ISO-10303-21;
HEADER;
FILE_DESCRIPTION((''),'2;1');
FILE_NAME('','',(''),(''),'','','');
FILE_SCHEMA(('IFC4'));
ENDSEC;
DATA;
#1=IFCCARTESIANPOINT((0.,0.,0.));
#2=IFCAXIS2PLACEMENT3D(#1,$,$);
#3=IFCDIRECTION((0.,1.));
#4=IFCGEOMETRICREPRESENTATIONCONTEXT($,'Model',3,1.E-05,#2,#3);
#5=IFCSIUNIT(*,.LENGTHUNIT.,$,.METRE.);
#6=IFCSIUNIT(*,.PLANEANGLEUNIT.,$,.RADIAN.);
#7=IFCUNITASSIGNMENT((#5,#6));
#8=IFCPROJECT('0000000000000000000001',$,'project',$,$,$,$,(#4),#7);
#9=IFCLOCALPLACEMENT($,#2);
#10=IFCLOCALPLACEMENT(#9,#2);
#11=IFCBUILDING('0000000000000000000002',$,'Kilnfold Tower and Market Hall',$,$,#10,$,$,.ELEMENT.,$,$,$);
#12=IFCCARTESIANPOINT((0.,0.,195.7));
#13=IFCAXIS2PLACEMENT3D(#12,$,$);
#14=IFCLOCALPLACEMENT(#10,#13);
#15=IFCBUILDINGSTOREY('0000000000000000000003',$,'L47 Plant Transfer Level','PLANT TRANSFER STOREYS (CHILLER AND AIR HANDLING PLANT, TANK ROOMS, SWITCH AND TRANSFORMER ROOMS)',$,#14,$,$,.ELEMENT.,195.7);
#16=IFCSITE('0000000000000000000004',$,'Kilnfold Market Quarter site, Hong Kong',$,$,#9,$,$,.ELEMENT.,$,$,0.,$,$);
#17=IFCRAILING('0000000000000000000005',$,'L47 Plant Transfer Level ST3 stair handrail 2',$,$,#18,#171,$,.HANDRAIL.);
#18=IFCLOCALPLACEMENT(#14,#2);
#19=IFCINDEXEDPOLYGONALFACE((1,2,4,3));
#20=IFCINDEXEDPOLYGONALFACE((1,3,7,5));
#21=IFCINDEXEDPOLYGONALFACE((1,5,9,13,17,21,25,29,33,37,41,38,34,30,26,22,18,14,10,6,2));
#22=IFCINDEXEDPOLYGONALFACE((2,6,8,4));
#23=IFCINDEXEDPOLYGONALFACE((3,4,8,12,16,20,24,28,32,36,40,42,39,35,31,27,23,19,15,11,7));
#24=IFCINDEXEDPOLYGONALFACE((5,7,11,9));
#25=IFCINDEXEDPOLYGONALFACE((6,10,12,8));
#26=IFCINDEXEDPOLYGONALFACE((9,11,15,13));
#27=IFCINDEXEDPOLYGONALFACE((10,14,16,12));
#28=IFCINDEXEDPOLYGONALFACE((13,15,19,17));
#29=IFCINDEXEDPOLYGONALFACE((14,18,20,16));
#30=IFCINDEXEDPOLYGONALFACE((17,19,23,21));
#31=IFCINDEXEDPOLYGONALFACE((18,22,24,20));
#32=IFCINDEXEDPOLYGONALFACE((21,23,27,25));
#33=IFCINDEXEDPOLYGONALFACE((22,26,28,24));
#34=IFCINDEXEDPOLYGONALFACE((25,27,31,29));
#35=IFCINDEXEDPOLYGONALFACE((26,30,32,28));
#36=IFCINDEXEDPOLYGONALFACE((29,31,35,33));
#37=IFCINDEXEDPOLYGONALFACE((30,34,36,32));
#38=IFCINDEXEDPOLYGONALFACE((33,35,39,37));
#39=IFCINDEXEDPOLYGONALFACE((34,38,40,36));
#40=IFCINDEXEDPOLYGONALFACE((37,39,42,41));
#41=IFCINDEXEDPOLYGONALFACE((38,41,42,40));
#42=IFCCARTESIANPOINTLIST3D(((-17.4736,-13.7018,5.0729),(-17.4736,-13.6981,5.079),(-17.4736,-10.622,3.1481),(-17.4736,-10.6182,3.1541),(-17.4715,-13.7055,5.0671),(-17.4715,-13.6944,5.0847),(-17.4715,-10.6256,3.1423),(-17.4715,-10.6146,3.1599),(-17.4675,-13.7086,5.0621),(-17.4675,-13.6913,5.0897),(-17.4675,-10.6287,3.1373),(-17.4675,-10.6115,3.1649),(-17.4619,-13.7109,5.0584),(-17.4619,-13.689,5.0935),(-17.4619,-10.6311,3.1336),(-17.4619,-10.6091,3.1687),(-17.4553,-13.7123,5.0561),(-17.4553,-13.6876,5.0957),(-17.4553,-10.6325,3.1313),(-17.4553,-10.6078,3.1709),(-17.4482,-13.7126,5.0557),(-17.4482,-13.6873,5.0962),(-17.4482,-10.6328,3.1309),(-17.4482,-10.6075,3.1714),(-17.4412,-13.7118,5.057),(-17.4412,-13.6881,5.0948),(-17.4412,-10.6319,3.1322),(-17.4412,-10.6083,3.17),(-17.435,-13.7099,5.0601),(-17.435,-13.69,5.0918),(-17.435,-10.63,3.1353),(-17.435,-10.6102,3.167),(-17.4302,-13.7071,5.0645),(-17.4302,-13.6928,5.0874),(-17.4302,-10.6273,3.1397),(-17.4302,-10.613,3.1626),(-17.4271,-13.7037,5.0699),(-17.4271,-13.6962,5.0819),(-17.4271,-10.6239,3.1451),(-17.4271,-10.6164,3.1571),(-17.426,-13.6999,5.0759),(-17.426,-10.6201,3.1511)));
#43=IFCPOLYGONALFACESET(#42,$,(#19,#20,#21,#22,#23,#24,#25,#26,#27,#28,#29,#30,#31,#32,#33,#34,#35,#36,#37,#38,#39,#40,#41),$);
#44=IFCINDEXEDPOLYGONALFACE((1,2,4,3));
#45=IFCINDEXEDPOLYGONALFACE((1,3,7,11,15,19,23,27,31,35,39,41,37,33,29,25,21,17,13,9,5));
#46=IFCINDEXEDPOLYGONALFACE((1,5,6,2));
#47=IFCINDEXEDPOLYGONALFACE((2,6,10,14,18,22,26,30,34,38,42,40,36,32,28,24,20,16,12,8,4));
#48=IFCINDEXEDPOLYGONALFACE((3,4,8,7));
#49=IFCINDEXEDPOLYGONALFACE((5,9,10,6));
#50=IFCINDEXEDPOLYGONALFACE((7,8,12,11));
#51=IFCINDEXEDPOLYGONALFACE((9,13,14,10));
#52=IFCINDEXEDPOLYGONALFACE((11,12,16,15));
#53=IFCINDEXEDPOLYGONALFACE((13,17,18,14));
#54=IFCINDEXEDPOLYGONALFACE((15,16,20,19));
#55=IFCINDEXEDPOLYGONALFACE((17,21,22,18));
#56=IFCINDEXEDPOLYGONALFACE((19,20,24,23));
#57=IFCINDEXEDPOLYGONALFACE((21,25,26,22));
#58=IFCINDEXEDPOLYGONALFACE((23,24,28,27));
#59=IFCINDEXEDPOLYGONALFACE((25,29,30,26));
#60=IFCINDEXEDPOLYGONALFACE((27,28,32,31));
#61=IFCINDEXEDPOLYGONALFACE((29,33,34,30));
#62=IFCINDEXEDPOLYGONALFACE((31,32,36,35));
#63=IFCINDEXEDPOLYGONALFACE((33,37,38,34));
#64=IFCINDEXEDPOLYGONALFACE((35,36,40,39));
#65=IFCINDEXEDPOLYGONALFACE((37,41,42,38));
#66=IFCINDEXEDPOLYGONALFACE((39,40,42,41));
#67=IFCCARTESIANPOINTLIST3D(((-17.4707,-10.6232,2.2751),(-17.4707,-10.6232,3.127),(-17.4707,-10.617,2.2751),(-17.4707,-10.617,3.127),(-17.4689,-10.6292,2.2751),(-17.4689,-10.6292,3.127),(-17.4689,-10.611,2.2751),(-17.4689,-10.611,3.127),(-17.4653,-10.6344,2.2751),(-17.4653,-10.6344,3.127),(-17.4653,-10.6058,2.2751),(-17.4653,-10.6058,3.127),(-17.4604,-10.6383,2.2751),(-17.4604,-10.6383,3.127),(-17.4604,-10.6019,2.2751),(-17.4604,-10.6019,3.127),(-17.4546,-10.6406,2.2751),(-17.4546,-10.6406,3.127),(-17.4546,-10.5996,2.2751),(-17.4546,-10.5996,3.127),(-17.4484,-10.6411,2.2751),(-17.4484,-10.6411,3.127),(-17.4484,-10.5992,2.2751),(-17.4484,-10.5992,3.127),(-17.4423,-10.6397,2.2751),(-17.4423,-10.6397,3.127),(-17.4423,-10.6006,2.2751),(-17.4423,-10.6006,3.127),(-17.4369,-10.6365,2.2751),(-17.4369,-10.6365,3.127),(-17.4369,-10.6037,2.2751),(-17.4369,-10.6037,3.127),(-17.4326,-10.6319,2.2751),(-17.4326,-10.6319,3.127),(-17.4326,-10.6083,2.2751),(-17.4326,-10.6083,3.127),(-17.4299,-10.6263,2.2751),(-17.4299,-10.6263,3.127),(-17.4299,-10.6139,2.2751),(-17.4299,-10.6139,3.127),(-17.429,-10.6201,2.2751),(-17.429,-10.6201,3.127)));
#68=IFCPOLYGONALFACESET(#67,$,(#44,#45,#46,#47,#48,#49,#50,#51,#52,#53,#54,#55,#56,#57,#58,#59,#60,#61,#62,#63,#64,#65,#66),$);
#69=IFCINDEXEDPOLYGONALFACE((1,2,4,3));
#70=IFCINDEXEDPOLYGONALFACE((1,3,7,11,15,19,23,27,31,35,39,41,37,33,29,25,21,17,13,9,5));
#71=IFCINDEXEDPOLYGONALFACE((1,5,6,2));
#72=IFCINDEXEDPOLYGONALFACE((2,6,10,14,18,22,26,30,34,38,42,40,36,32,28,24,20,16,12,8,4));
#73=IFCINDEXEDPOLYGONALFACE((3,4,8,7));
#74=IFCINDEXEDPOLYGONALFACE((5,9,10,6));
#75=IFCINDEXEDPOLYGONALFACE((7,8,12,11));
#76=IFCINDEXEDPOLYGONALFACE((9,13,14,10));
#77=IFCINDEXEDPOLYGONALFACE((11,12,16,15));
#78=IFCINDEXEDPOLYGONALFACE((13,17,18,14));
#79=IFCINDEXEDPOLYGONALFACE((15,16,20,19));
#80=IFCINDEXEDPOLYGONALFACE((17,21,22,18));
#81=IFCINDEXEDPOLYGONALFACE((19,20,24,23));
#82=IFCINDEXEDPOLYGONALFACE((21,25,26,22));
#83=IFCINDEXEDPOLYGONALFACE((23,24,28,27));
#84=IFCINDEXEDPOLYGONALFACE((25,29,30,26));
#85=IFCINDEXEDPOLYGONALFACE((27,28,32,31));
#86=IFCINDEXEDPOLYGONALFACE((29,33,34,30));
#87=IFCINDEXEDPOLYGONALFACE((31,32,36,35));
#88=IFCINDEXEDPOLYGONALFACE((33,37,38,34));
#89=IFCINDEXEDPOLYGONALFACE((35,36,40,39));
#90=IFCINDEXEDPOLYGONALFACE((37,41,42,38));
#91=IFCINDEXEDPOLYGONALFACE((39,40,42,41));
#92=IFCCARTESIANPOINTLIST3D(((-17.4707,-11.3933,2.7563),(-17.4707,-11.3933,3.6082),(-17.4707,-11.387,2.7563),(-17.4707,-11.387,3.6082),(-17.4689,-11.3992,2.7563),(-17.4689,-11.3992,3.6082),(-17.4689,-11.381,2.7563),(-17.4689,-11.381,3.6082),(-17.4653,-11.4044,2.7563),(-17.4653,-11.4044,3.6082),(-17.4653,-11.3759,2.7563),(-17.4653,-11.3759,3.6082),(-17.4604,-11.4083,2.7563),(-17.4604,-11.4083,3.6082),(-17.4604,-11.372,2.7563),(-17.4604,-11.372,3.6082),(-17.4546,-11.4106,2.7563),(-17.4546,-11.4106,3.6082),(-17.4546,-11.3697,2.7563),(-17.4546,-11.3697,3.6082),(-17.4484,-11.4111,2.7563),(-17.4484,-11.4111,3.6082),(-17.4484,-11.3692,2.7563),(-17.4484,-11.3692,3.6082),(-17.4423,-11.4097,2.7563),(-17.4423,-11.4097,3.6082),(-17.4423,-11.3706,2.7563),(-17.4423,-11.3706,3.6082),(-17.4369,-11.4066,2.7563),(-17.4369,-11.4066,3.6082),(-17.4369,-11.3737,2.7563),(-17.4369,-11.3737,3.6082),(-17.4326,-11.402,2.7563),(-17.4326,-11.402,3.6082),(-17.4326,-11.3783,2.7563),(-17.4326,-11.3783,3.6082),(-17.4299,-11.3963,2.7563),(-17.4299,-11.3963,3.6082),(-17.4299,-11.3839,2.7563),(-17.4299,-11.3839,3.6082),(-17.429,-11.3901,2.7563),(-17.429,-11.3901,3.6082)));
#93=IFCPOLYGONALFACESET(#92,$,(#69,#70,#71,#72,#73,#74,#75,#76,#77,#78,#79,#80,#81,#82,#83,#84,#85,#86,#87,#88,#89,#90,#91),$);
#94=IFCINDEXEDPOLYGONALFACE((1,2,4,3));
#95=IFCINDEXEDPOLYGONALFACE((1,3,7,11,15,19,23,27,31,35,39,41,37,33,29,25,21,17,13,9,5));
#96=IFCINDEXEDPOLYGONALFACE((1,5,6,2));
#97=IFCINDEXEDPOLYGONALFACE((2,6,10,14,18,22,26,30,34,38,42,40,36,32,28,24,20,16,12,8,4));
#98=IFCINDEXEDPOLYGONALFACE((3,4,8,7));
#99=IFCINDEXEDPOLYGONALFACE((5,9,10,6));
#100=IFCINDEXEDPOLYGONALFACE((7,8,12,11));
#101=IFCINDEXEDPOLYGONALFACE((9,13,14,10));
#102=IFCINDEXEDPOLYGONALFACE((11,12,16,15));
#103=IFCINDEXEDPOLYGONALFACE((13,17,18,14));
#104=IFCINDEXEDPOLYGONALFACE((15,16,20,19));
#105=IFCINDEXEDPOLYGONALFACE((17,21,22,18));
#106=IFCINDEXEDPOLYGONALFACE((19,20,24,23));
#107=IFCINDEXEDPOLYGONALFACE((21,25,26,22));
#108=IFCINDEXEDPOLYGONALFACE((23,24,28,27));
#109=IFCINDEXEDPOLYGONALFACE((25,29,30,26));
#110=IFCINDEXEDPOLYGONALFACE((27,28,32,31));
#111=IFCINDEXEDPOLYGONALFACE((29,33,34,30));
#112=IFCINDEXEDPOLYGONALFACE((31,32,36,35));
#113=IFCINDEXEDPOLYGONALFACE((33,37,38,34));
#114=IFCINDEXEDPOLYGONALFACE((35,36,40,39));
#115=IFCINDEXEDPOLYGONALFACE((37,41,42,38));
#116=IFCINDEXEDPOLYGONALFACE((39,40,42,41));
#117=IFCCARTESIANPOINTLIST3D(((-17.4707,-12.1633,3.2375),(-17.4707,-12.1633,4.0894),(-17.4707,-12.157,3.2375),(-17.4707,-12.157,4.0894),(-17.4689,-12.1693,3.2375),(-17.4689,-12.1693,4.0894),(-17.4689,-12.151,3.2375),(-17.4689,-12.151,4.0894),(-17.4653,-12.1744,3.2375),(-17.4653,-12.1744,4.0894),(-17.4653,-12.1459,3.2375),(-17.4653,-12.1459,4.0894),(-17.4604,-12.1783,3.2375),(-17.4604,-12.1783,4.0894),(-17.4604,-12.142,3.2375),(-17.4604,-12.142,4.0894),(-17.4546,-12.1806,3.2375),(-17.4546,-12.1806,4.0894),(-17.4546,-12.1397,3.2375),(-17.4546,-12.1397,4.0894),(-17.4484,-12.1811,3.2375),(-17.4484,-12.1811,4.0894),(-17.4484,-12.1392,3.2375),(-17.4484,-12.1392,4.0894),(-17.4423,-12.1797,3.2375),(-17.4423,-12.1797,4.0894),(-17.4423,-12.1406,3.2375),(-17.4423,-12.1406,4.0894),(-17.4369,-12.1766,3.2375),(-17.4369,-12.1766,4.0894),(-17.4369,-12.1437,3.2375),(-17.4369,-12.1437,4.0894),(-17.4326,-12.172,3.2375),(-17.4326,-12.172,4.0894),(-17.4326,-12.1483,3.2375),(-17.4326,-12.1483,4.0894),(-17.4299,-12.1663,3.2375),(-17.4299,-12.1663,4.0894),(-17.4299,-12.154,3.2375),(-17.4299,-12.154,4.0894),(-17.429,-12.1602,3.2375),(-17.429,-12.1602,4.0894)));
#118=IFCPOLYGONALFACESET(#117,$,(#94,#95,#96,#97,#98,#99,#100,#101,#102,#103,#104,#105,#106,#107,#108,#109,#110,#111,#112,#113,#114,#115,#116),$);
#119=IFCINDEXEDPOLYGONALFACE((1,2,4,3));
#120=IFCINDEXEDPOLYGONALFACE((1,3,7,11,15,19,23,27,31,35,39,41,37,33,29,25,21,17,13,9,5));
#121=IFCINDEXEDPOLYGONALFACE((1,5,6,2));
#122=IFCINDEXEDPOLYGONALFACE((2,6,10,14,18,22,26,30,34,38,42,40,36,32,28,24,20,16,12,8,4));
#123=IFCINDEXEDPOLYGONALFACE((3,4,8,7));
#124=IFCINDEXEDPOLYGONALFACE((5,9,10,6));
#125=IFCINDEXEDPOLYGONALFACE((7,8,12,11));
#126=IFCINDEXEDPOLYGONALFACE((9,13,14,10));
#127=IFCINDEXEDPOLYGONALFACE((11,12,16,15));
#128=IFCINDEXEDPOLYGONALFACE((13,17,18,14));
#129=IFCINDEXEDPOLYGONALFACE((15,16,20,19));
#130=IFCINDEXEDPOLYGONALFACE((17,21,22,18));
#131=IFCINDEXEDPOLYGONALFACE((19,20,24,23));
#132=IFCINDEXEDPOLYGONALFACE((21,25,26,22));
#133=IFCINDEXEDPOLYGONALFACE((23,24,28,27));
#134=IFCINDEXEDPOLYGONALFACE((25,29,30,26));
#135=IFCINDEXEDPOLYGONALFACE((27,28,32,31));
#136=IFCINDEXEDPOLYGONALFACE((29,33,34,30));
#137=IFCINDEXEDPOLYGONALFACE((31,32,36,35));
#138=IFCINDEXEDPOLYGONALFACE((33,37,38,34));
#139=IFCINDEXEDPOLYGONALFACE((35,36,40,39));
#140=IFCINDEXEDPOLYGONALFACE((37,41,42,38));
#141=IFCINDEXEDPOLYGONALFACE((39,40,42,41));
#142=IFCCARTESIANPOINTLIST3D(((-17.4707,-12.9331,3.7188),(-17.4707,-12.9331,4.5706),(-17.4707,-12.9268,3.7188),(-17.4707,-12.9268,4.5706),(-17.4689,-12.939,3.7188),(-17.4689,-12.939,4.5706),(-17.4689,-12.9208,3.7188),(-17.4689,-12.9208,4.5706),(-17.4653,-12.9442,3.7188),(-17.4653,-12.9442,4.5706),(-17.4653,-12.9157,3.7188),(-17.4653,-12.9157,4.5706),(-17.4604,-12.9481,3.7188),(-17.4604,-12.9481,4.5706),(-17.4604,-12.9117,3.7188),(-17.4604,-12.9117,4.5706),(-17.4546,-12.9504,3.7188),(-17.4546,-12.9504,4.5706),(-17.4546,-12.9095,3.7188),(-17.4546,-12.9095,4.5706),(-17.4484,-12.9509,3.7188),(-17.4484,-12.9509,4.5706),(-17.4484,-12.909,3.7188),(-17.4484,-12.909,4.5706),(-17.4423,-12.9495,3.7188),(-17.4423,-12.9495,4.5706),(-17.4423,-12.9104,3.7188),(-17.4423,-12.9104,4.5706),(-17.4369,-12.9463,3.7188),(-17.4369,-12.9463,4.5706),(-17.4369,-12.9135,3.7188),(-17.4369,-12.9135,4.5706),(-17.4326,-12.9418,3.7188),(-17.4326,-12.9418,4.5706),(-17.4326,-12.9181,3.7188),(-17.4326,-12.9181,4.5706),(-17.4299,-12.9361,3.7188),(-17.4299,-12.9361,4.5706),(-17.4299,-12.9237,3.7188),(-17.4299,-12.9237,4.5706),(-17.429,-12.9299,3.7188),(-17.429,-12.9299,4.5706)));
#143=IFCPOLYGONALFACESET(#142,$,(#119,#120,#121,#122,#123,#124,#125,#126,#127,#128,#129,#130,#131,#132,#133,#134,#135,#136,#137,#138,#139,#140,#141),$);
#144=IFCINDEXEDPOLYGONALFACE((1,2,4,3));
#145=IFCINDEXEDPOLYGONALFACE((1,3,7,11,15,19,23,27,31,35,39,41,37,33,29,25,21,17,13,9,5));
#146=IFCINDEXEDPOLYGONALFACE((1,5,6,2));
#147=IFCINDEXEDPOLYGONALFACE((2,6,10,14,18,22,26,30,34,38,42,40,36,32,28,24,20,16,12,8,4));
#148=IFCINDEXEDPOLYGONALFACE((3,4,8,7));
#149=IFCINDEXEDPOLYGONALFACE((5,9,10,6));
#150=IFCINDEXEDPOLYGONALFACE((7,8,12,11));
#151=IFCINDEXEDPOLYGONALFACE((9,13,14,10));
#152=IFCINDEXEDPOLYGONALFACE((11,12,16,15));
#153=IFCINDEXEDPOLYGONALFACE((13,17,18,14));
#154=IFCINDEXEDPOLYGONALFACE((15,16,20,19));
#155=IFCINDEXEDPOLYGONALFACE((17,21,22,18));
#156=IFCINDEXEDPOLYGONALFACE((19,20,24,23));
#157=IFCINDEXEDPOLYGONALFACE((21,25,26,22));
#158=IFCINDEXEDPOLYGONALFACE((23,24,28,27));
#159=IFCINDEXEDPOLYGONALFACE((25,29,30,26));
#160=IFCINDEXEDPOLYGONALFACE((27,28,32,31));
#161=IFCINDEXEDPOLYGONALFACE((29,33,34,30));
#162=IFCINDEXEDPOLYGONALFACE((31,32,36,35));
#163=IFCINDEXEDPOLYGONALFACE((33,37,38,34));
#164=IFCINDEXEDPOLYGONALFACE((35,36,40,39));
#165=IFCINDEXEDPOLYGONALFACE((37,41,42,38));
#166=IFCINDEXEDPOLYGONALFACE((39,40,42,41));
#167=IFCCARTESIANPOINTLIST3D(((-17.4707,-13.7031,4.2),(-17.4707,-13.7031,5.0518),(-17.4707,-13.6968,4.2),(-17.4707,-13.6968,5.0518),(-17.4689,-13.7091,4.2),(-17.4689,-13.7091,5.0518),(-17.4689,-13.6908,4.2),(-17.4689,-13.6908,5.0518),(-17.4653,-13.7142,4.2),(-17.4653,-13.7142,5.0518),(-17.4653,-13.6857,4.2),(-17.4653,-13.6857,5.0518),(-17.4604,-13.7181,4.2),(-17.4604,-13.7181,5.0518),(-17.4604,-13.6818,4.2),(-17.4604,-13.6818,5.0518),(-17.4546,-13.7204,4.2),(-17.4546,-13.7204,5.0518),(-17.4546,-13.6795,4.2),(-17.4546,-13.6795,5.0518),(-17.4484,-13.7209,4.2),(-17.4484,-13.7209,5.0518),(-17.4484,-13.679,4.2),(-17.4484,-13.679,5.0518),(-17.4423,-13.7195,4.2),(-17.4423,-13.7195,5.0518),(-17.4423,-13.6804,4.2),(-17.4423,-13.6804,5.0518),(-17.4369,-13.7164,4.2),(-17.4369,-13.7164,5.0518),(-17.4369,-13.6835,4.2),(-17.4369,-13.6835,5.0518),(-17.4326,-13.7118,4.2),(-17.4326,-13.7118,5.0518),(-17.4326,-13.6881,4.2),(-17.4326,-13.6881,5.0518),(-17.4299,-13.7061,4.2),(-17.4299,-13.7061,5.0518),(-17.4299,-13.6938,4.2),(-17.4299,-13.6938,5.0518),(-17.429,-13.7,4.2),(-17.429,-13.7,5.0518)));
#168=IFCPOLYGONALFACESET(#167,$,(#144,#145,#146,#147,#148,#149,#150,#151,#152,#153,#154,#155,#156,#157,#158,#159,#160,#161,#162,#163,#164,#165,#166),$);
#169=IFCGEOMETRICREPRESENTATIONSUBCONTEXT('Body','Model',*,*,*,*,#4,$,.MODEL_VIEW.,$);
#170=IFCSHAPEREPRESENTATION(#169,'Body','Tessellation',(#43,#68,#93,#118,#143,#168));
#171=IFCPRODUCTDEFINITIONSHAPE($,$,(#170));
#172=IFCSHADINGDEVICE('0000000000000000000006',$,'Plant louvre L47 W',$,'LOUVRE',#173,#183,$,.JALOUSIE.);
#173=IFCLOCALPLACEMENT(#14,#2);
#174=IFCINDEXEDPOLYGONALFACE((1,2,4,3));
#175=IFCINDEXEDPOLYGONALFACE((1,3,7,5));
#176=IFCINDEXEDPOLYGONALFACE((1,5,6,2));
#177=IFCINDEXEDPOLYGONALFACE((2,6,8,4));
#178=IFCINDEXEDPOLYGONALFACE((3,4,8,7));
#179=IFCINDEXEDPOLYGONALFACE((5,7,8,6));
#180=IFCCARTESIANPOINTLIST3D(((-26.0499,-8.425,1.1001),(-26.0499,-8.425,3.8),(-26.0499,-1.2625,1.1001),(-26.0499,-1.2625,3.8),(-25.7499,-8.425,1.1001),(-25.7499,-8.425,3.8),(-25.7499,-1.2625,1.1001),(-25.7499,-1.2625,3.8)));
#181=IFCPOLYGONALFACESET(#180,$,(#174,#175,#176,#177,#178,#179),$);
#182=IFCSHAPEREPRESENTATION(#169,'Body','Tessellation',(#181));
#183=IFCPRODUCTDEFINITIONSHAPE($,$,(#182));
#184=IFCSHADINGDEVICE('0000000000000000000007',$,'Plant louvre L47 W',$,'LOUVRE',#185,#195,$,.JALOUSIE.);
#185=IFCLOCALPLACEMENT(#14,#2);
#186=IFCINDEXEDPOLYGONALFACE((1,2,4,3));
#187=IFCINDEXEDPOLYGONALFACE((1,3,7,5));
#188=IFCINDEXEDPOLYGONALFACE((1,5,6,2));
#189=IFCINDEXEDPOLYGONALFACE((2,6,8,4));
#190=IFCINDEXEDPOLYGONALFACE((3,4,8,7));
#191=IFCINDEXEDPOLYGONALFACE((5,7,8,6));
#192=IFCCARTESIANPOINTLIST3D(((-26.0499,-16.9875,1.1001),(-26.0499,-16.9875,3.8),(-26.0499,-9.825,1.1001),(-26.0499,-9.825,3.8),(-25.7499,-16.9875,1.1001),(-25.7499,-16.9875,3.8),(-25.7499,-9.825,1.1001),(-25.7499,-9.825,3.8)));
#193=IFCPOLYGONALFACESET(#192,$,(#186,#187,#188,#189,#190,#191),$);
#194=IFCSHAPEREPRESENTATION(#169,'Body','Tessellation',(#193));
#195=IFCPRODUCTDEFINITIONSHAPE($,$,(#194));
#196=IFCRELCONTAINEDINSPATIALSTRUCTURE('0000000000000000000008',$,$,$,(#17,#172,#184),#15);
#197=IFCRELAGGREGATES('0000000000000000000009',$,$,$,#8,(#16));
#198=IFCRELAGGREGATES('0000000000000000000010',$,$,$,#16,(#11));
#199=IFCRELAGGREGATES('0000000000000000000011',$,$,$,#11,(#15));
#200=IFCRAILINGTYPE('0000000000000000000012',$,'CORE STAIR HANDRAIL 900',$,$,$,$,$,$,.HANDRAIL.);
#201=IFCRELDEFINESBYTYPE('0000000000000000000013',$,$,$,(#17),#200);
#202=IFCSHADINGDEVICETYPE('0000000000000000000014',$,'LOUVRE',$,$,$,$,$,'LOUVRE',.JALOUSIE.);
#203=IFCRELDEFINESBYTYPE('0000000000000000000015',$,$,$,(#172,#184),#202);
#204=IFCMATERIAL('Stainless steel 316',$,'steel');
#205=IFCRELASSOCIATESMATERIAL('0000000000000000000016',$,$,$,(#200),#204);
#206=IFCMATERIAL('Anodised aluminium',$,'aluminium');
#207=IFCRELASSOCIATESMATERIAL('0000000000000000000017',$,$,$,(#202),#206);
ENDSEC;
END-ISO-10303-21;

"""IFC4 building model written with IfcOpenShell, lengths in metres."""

from ifc_helpers import new_model, si_unit, direction, frame, origin, origin_2d, place, context, subcontext, project, spatial, rectangle, circle, extrude, source, transform, mapped, material, type_object, element, save


model = new_model("IFC4")

# Units and contexts
model_context = context("Model", 3, precision=1e-05, world=origin(), true_north=direction((0.0, 1.0)))
body_context = subcontext(model_context, "Body", "Model", "MODEL_VIEW")
ifc_project = project(units=[si_unit("LENGTHUNIT", "METRE"), si_unit("PLANEANGLEUNIT", "RADIAN")], contexts=[model_context])

# Site, building, storey
site_placement = place(None, origin())
site = spatial("IfcSite", under=ifc_project, at=site_placement, Name="Kilnfold Market Quarter site, Hong Kong", CompositionType="ELEMENT", RefElevation=0.0)
building_placement = place(site_placement, origin())
building = spatial("IfcBuilding", under=site, at=building_placement, Name="Kilnfold Tower and Market Hall", CompositionType="ELEMENT")
storey_placement = place(building_placement, frame((0.0, 0.0, 195.7)))
storey = spatial("IfcBuildingStorey", under=building, at=storey_placement, Name="L47 Plant Transfer Level", Description="PLANT TRANSFER STOREYS (CHILLER AND AIR HANDLING PLANT, TANK ROOMS, SWITCH AND TRANSFORMER ROOMS)", CompositionType="ELEMENT", Elevation=195.7)

# Railing
ifc_material_1 = material(Name="Stainless steel 316", Category="steel")
railing_type = type_object("IfcRailingType", Name="CORE STAIR HANDRAIL 900", PredefinedType="HANDRAIL", material=ifc_material_1)
railing_placement = place(storey_placement, frame((-17.45, -10.6201, 2.2751)))
element("IfcRailing", 1, at=railing_placement, inside=storey, type_object=railing_type, Name="L47 Plant Transfer Level ST3 stair handrail 2", PredefinedType="HANDRAIL", context=body_context, shape_type="SweptSolid", body=[
    extrude(circle(Radius=0.0239, at=origin_2d()), frame((0.0, 0.0, 0.876), z_axis=(0.0, -0.84801, 0.529981), x_axis=(1.0, 0.0, 0.0)), (0.0, 0.0, 1.0), 3.6318),
    extrude(circle(Radius=0.021, at=origin_2d()), origin(), (0.0, 0.0, 1.0), 0.8518),
    extrude(circle(Radius=0.021, at=origin_2d()), frame((0.0, -0.77, 0.4812)), (0.0, 0.0, 1.0), 0.8518),
    extrude(circle(Radius=0.021, at=origin_2d()), frame((0.0, -1.54, 0.9624)), (0.0, 0.0, 1.0), 0.8518),
    extrude(circle(Radius=0.021, at=origin_2d()), frame((0.0, -2.3098, 1.4436)), (0.0, 0.0, 1.0), 0.8518),
    extrude(circle(Radius=0.021, at=origin_2d()), frame((0.0, -3.0798, 1.9248)), (0.0, 0.0, 1.0), 0.8518),
])

# Shading devices
ifc_material_2 = material(Name="Anodised aluminium", Category="aluminium")
shading_device_type = type_object("IfcShadingDeviceType", Name="LOUVRE", ElementType="LOUVRE", PredefinedType="JALOUSIE", material=ifc_material_2)
shared_shape_1 = source(origin(), body_context, "Body", "SweptSolid", [
    extrude(rectangle(XDim=7.1626, YDim=0.3, at=origin_2d()), origin(), (0.0, 0.0, 1.0), 2.7),
])
for number, where, z_axis, x_axis, name in (
    (2, (-25.8999, -4.8438, 1.1001), (0.0, 0.0, 1.0), (0.0, -1.0, 0.0), "Plant louvre L47 W"),
    (3, (-25.8999, -13.4062, 1.1001), (0.0, 0.0, 1.0), (0.0, -1.0, 0.0), "Plant louvre L47 W"),
):
    element("IfcShadingDevice", number, at=place(storey_placement, frame(where, z_axis=z_axis, x_axis=x_axis)), inside=storey, type_object=shading_device_type, Name=name, ObjectType="LOUVRE", PredefinedType="JALOUSIE", context=body_context, shape_type="MappedRepresentation", body=[
        mapped(shared_shape_1, transform((0.0, 0.0, 0.0))),
    ])

save(model, "model.ifc")
